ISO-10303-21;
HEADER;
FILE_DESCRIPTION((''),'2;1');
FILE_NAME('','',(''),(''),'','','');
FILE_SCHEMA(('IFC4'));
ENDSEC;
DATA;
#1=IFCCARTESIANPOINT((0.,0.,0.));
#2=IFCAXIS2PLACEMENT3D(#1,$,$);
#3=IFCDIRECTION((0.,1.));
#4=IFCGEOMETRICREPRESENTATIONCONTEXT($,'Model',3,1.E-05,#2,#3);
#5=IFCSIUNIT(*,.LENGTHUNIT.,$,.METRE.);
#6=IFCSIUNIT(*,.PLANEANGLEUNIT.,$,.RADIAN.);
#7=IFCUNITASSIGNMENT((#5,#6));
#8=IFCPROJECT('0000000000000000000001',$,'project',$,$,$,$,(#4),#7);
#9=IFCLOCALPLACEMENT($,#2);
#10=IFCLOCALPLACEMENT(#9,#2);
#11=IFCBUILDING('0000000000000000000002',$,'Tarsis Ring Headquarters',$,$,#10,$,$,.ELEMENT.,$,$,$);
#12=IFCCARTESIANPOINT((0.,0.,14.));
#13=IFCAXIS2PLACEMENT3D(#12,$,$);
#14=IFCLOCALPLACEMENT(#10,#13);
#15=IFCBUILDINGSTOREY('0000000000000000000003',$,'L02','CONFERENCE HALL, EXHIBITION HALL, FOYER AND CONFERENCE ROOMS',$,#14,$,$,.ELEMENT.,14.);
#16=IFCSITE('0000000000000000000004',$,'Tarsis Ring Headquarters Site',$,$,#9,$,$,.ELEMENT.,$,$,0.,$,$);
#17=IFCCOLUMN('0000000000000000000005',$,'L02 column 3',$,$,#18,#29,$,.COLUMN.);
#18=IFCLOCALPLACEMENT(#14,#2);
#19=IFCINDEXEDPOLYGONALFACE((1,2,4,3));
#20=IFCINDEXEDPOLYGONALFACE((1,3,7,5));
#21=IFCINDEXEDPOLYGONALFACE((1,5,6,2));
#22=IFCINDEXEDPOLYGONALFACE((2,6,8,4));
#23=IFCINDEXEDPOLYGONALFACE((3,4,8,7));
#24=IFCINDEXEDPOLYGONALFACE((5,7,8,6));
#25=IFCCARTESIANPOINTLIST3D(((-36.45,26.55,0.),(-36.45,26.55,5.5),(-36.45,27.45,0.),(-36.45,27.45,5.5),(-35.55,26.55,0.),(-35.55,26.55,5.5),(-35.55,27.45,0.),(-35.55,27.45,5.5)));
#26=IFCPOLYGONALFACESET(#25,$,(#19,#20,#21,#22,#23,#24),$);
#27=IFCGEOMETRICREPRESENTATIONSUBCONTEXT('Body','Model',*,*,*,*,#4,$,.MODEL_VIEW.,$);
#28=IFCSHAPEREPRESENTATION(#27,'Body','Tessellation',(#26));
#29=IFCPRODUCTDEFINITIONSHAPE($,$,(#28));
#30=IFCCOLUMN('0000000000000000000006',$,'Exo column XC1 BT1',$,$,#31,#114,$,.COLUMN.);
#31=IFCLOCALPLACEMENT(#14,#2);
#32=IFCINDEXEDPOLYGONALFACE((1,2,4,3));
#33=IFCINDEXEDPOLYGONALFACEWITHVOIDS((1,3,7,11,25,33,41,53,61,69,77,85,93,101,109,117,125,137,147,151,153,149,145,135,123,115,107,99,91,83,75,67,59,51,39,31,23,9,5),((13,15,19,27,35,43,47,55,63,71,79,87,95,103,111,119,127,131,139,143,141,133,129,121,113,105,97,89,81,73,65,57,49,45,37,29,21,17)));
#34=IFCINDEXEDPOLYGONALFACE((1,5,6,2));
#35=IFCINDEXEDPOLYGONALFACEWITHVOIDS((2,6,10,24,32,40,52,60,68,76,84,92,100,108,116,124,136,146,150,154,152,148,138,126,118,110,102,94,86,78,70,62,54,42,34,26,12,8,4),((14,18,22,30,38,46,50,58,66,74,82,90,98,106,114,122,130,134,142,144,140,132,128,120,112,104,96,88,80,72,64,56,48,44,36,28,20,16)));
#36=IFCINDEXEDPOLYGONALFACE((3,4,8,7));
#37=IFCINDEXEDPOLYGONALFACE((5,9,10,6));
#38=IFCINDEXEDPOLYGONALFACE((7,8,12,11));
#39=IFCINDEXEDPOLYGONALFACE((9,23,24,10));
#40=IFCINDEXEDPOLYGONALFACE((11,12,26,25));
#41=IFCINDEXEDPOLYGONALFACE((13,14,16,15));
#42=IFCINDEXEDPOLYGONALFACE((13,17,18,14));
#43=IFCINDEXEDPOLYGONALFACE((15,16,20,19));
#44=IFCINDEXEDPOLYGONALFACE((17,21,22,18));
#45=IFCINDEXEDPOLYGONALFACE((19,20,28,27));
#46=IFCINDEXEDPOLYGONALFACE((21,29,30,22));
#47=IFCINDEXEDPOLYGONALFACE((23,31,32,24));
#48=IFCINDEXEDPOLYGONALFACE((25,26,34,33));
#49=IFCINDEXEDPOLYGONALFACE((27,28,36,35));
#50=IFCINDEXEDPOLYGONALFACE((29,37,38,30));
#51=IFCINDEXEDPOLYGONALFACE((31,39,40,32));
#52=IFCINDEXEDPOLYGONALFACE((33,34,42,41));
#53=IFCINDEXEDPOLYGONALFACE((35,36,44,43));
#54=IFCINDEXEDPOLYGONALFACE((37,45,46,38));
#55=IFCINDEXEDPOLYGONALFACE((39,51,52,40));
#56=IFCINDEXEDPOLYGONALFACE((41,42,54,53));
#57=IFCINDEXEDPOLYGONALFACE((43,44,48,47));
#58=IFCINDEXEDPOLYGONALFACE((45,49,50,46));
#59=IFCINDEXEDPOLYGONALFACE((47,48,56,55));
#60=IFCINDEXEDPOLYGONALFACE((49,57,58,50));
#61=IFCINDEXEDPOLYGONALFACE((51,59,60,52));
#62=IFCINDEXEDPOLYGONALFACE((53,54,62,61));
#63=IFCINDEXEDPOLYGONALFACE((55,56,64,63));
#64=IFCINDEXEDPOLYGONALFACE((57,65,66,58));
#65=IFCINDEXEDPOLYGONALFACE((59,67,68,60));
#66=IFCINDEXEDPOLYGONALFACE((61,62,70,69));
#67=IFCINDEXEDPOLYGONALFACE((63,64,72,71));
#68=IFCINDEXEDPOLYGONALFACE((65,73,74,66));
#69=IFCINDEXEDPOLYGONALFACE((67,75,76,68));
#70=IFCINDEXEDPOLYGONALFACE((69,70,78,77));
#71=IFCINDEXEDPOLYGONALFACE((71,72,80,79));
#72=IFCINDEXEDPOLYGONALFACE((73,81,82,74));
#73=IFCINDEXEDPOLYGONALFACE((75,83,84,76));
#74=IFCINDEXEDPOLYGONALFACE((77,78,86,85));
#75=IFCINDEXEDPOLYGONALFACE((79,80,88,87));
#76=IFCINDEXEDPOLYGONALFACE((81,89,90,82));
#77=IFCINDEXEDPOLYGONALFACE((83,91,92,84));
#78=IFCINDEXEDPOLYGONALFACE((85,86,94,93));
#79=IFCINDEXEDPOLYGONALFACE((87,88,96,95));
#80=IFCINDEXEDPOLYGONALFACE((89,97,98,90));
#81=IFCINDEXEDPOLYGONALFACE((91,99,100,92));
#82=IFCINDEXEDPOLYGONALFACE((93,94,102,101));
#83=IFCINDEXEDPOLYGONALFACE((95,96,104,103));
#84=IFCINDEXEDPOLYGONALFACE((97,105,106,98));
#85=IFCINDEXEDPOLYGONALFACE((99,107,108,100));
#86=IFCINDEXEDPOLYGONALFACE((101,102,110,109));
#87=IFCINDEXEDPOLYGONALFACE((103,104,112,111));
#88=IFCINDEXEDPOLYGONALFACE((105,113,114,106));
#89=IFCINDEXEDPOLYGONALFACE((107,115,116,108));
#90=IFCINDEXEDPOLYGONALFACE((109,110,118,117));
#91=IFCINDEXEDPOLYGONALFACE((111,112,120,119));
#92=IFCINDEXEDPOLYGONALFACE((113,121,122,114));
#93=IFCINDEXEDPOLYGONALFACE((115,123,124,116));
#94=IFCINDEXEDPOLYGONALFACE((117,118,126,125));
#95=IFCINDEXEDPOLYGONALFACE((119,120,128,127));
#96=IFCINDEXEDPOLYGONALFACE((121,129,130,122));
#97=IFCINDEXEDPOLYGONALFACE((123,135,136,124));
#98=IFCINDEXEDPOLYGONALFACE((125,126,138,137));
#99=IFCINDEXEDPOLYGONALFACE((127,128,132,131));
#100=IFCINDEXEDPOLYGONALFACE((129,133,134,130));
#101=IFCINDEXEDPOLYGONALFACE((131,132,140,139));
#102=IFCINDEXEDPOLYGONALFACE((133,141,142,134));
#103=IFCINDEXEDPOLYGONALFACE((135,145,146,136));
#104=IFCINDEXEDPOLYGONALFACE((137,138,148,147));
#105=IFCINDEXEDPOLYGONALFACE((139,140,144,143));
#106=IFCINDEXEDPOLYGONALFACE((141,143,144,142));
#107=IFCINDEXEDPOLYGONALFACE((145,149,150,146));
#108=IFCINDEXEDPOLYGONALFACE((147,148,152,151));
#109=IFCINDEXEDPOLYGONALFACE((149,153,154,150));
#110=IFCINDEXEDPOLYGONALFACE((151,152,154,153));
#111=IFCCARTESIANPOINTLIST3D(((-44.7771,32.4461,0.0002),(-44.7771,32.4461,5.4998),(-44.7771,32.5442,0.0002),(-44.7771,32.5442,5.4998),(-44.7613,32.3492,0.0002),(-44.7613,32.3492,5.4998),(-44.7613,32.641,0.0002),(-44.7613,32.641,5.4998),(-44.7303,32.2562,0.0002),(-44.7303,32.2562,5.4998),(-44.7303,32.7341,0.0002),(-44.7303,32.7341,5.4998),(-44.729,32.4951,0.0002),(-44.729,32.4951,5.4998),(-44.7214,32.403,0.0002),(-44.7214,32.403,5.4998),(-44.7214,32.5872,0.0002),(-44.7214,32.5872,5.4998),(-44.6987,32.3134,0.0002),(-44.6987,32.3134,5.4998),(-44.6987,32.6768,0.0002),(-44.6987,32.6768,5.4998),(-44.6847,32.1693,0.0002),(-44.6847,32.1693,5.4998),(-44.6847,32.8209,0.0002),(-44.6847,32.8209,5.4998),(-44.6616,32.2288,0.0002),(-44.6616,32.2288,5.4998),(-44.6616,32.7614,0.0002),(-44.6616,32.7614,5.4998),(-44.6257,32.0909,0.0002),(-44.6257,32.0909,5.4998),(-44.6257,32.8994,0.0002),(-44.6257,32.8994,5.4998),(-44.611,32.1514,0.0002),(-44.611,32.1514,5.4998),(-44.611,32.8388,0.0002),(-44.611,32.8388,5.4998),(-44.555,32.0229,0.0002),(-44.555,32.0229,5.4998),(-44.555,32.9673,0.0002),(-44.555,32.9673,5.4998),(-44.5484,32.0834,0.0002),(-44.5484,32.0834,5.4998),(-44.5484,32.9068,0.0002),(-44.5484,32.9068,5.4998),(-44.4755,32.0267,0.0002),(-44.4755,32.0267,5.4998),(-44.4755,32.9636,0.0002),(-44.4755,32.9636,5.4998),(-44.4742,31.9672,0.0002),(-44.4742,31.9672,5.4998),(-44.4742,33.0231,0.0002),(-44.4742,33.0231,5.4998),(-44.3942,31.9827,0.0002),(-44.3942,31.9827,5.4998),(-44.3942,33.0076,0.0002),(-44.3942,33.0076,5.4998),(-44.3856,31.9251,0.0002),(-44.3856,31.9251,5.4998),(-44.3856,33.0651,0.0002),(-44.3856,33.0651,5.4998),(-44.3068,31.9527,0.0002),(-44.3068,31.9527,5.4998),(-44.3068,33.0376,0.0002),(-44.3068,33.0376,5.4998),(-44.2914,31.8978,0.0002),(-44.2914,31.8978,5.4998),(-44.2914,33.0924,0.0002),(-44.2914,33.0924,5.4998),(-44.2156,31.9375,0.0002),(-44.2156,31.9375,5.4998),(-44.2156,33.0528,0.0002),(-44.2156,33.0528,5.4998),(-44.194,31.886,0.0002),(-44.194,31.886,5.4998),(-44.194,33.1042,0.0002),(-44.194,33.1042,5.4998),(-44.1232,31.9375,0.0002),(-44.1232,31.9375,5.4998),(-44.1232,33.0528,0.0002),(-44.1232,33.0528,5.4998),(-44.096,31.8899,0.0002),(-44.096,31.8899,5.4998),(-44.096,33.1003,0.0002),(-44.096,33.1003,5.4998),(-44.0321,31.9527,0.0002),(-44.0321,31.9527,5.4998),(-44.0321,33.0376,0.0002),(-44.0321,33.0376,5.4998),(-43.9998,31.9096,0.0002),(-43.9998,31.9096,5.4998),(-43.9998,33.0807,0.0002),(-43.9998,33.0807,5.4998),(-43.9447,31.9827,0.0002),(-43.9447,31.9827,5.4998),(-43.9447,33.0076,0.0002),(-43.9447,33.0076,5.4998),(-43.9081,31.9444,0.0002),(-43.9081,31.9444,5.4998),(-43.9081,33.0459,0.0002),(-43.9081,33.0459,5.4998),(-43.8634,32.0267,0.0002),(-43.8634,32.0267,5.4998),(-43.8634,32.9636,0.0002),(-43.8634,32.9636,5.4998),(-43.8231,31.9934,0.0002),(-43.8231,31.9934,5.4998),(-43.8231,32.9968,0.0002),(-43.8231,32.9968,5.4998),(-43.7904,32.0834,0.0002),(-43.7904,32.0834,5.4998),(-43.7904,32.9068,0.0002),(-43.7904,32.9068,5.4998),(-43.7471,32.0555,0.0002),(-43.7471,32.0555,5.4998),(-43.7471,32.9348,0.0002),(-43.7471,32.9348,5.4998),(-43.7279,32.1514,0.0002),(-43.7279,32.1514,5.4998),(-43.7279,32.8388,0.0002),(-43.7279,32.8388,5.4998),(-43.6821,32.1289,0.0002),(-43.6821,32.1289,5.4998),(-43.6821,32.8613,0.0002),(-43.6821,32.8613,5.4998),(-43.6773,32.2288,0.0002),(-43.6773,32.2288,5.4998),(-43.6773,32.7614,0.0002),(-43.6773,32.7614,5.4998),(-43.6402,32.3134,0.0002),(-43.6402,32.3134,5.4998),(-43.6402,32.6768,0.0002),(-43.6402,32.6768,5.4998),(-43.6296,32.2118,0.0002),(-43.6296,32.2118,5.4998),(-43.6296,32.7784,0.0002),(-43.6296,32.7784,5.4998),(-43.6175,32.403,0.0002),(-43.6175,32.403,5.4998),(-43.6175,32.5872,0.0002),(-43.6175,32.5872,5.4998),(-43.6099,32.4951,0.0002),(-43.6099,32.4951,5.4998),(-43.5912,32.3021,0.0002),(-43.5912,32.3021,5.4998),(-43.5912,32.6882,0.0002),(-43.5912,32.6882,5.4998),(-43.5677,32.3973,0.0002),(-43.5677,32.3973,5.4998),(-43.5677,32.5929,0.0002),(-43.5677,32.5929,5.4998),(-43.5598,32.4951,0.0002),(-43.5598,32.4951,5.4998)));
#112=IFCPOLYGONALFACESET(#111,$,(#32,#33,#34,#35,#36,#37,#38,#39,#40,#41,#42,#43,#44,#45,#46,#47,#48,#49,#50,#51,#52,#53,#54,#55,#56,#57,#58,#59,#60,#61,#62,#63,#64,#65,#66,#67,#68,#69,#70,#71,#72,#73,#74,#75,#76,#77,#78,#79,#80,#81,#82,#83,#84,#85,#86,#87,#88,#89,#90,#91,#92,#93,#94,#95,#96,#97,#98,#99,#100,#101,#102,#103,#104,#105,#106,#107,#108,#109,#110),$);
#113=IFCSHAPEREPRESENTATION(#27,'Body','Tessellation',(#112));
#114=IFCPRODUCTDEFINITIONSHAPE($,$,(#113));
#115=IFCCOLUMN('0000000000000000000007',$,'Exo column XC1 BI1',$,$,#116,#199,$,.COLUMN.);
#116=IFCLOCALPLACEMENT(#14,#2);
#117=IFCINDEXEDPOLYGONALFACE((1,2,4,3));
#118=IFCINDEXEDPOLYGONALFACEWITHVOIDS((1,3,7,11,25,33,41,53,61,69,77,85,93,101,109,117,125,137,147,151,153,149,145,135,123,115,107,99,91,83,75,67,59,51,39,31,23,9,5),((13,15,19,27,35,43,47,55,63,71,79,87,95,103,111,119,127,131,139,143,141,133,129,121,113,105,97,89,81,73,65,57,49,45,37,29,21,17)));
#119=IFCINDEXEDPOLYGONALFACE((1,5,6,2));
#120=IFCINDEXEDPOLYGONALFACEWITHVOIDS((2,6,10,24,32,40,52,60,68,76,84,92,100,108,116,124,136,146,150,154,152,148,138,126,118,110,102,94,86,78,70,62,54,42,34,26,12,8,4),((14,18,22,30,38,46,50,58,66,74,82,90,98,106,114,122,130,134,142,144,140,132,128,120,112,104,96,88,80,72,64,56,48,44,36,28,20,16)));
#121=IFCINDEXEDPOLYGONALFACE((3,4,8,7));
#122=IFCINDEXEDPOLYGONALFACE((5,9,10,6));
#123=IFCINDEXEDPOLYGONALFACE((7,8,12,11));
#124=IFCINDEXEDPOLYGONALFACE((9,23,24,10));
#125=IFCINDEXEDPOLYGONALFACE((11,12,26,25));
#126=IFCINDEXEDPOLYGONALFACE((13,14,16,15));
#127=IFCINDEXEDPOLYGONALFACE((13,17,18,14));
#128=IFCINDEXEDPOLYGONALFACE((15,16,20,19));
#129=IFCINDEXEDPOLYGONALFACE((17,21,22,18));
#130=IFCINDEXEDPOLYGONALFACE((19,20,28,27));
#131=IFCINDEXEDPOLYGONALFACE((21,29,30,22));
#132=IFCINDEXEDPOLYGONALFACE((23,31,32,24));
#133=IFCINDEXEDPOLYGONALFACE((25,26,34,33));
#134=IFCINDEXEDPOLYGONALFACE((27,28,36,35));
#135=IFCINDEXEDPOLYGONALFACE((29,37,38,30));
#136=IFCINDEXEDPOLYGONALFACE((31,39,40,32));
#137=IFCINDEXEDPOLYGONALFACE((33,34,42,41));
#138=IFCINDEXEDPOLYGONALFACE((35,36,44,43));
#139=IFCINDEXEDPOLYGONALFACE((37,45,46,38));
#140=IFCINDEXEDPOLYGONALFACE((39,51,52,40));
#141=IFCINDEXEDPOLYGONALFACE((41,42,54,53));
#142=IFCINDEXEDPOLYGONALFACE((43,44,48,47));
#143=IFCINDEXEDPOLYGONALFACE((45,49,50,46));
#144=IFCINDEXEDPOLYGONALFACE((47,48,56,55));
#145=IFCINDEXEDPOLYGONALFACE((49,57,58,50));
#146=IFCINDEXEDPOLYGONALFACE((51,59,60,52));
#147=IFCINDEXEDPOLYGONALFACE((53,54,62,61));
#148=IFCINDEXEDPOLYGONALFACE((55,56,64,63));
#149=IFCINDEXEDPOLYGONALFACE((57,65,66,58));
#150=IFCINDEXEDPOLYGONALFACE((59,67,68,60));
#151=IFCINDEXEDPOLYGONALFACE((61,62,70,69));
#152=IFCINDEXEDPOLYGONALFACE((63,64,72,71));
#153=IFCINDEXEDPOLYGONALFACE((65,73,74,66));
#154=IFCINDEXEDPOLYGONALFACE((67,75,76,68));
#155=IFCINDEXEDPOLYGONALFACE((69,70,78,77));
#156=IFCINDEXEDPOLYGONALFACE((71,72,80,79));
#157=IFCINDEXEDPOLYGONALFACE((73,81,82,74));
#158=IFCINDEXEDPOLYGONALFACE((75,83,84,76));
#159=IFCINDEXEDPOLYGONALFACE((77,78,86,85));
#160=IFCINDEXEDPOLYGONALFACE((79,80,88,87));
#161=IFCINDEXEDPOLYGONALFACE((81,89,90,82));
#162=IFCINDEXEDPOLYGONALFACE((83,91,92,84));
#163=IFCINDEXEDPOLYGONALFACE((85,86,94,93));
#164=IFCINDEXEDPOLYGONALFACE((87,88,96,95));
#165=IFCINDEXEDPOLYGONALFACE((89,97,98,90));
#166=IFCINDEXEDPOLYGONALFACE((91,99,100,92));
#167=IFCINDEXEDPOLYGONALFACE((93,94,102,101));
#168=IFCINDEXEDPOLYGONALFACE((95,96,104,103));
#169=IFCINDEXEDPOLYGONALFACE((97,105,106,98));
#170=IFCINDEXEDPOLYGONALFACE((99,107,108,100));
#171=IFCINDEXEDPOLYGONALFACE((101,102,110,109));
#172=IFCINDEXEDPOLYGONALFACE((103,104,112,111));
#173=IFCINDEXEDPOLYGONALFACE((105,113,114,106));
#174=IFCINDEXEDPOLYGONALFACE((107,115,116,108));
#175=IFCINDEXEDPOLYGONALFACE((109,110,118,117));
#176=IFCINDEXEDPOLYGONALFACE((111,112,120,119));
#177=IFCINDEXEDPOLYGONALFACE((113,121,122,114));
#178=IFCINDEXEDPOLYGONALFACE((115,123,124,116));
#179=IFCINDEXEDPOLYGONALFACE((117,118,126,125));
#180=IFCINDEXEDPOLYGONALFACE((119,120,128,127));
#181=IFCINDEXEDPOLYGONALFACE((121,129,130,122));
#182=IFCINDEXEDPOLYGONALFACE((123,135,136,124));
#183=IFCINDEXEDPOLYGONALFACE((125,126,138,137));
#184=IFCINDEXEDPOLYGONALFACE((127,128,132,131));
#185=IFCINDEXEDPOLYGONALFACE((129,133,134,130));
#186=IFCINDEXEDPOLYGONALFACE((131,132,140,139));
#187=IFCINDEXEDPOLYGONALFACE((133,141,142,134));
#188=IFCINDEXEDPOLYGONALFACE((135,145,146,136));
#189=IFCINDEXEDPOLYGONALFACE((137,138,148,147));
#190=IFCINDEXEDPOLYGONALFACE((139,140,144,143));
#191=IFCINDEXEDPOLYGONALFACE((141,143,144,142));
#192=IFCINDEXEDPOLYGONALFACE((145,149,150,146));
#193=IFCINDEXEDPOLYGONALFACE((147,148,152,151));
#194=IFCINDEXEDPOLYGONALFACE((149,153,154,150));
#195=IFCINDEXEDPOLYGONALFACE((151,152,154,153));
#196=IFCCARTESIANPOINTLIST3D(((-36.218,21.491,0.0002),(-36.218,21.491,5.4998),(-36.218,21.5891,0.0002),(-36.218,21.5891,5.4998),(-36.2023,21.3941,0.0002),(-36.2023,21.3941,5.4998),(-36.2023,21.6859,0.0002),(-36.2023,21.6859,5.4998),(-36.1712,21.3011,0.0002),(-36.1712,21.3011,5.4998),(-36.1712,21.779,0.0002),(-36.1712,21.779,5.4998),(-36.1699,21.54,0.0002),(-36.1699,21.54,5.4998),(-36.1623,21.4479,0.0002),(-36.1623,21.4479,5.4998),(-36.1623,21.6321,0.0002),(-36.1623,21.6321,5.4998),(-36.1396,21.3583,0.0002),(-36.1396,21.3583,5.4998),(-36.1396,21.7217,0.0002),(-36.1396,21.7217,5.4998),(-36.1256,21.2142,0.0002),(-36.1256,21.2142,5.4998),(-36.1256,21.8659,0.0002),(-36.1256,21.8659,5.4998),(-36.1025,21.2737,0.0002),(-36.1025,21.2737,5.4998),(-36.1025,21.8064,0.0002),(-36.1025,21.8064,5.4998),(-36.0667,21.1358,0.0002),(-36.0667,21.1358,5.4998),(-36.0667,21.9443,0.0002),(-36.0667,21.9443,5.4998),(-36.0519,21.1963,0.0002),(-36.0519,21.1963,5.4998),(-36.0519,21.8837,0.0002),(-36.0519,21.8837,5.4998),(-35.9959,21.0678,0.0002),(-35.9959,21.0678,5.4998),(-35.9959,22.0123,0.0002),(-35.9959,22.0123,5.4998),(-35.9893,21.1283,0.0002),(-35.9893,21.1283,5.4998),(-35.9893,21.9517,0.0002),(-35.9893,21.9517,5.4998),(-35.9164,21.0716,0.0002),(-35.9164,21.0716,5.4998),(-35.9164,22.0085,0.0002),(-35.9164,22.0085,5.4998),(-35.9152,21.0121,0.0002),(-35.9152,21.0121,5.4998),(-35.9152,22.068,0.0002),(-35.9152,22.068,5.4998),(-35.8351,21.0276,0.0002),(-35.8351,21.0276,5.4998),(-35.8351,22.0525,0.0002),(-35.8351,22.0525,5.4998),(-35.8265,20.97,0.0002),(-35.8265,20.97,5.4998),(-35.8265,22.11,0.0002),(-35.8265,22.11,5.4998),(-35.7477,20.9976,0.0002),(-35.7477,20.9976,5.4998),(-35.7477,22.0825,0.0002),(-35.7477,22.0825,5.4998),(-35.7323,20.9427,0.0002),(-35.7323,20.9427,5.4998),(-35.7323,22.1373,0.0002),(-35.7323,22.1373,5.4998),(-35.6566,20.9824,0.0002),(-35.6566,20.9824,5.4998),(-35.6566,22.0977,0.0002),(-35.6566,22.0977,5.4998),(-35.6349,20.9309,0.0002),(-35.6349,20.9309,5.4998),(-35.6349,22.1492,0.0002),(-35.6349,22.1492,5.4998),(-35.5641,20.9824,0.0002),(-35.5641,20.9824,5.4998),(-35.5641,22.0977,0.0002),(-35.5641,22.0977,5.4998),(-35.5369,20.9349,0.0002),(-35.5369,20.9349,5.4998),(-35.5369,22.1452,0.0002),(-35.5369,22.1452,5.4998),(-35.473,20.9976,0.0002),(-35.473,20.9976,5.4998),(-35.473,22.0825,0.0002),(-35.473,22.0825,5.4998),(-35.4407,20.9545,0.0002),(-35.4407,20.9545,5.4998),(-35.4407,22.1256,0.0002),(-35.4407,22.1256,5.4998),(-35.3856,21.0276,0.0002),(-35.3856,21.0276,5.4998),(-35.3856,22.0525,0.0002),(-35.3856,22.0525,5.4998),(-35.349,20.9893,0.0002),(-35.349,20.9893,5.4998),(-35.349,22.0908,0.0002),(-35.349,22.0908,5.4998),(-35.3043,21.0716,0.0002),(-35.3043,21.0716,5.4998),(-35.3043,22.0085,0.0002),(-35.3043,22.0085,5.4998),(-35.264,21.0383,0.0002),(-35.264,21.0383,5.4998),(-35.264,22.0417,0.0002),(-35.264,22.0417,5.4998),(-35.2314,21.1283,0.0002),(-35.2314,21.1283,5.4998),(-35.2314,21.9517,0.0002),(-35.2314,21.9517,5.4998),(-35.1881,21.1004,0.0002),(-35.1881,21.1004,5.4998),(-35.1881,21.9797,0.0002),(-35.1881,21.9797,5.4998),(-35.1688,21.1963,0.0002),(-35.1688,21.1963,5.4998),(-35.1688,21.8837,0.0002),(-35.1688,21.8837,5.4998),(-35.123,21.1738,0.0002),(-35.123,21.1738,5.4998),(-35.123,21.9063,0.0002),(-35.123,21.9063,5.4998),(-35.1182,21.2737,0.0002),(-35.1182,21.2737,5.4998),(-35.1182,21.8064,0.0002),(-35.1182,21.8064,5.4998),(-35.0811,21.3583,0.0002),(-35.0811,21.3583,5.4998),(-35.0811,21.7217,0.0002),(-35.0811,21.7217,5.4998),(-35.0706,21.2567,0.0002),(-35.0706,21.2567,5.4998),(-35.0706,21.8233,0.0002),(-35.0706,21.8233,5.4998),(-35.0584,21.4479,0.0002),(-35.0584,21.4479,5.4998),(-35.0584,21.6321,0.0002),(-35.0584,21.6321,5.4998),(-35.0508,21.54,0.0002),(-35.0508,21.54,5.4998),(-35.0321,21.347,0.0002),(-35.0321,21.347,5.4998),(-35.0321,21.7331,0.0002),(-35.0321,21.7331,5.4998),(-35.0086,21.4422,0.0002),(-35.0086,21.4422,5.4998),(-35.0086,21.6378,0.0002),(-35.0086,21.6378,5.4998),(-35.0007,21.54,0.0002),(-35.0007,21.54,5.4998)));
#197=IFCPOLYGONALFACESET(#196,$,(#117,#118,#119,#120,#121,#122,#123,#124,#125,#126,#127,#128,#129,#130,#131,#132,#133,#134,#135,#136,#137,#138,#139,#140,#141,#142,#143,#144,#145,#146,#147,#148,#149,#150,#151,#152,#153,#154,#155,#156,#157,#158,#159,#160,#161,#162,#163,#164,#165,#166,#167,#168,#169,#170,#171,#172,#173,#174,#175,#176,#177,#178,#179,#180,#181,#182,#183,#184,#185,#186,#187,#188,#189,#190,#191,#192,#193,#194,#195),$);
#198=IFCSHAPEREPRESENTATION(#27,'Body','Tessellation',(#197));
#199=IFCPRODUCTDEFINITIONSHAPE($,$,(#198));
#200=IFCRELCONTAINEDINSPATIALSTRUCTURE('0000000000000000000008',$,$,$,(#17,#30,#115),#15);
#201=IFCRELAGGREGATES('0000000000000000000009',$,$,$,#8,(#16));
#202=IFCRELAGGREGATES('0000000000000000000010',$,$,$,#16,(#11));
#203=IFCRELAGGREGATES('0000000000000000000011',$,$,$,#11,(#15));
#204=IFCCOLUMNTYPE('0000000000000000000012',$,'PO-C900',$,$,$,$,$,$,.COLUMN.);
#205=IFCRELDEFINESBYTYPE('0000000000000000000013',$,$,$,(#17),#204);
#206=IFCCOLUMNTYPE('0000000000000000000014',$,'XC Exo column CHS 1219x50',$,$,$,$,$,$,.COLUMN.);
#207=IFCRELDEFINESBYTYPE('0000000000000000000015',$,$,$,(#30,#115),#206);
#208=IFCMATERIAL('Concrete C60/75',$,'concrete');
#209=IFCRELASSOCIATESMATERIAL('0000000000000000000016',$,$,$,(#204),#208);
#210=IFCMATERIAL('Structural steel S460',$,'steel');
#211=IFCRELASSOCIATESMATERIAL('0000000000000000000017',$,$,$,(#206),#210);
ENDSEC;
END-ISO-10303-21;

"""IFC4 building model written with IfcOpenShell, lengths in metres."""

from ifc_helpers import new_model, si_unit, direction, frame, origin, origin_2d, place, context, subcontext, project, spatial, rectangle, hollow_circle, extrude, material, material_profile, profile_set, type_object, element, save


model = new_model("IFC4")

# Units and contexts
model_context = context("Model", 3, precision=1e-05, world=origin(), true_north=direction((0.0, 1.0)))
body_context = subcontext(model_context, "Body", "Model", "MODEL_VIEW")
ifc_project = project(units=[si_unit("LENGTHUNIT", "METRE"), si_unit("PLANEANGLEUNIT", "RADIAN")], contexts=[model_context])

# Site, building, storey
site_placement = place(None, origin())
site = spatial("IfcSite", under=ifc_project, at=site_placement, Name="Tarsis Ring Headquarters Site", CompositionType="ELEMENT", RefElevation=0.0)
building_placement = place(site_placement, origin())
building = spatial("IfcBuilding", under=site, at=building_placement, Name="Tarsis Ring Headquarters", CompositionType="ELEMENT")
storey_placement = place(building_placement, frame((0.0, 0.0, 14.0)))
storey = spatial("IfcBuildingStorey", under=building, at=storey_placement, Name="L02", Description="CONFERENCE HALL, EXHIBITION HALL, FOYER AND CONFERENCE ROOMS", CompositionType="ELEMENT", Elevation=14.0)

# Columns
ifc_material_1 = material(Name="Concrete C60/75", Category="concrete")
ifc_material_profile_1 = material_profile(ifc_material_1, rectangle(XDim=0.8999, YDim=0.8999, at=origin_2d()), Name="PO-C900")
ifc_profile_set_1 = profile_set([ifc_material_profile_1], Name="Concrete C60/75")
column_type_1 = type_object("IfcColumnType", Name="PO-C900", PredefinedType="COLUMN", material=ifc_profile_set_1)
column_placement = place(storey_placement, frame((-36.0, 27.0, 0.0), z_axis=(0.0, 0.0, 1.0), x_axis=(1.0, 0.0, 0.0)))
element("IfcColumn", 1, at=column_placement, inside=storey, type_object=column_type_1, Name="L02 column 3", PredefinedType="COLUMN", context=body_context, shape_type="SweptSolid", body=[
    extrude(rectangle(XDim=0.8999, YDim=0.8999, at=origin_2d()), origin(), (0.0, 0.0, 1.0), 5.5),
])
ifc_material_2 = material(Name="Structural steel S460", Category="steel")
ifc_material_profile_2 = material_profile(ifc_material_2, hollow_circle(Radius=0.6096, WallThickness=0.05, at=origin_2d()), Name="CHS 1219x50")
ifc_profile_set_2 = profile_set([ifc_material_profile_2], Name="Structural steel S460")
column_type_2 = type_object("IfcColumnType", Name="XC Exo column CHS 1219x50", PredefinedType="COLUMN", material=ifc_profile_set_2)
for number, where, z_axis, x_axis, name in (
    (2, (-44.1694, 32.4951, 0.0002), (0.0, 0.0, 1.0), (1.0, 0.0, 0.0), "Exo column XC1 BT1"),
    (3, (-35.6104, 21.54, 0.0002), (0.0, 0.0, 1.0), (1.0, 0.0, 0.0), "Exo column XC1 BI1"),
):
    element("IfcColumn", number, at=place(storey_placement, frame(where, z_axis=z_axis, x_axis=x_axis)), inside=storey, type_object=column_type_2, Name=name, PredefinedType="COLUMN", context=body_context, shape_type="SweptSolid", body=[
        extrude(hollow_circle(Radius=0.6096, WallThickness=0.05, at=origin_2d()), origin(), (0.0, 0.0, 1.0), 5.4995),
    ])

save(model, "model.ifc")
